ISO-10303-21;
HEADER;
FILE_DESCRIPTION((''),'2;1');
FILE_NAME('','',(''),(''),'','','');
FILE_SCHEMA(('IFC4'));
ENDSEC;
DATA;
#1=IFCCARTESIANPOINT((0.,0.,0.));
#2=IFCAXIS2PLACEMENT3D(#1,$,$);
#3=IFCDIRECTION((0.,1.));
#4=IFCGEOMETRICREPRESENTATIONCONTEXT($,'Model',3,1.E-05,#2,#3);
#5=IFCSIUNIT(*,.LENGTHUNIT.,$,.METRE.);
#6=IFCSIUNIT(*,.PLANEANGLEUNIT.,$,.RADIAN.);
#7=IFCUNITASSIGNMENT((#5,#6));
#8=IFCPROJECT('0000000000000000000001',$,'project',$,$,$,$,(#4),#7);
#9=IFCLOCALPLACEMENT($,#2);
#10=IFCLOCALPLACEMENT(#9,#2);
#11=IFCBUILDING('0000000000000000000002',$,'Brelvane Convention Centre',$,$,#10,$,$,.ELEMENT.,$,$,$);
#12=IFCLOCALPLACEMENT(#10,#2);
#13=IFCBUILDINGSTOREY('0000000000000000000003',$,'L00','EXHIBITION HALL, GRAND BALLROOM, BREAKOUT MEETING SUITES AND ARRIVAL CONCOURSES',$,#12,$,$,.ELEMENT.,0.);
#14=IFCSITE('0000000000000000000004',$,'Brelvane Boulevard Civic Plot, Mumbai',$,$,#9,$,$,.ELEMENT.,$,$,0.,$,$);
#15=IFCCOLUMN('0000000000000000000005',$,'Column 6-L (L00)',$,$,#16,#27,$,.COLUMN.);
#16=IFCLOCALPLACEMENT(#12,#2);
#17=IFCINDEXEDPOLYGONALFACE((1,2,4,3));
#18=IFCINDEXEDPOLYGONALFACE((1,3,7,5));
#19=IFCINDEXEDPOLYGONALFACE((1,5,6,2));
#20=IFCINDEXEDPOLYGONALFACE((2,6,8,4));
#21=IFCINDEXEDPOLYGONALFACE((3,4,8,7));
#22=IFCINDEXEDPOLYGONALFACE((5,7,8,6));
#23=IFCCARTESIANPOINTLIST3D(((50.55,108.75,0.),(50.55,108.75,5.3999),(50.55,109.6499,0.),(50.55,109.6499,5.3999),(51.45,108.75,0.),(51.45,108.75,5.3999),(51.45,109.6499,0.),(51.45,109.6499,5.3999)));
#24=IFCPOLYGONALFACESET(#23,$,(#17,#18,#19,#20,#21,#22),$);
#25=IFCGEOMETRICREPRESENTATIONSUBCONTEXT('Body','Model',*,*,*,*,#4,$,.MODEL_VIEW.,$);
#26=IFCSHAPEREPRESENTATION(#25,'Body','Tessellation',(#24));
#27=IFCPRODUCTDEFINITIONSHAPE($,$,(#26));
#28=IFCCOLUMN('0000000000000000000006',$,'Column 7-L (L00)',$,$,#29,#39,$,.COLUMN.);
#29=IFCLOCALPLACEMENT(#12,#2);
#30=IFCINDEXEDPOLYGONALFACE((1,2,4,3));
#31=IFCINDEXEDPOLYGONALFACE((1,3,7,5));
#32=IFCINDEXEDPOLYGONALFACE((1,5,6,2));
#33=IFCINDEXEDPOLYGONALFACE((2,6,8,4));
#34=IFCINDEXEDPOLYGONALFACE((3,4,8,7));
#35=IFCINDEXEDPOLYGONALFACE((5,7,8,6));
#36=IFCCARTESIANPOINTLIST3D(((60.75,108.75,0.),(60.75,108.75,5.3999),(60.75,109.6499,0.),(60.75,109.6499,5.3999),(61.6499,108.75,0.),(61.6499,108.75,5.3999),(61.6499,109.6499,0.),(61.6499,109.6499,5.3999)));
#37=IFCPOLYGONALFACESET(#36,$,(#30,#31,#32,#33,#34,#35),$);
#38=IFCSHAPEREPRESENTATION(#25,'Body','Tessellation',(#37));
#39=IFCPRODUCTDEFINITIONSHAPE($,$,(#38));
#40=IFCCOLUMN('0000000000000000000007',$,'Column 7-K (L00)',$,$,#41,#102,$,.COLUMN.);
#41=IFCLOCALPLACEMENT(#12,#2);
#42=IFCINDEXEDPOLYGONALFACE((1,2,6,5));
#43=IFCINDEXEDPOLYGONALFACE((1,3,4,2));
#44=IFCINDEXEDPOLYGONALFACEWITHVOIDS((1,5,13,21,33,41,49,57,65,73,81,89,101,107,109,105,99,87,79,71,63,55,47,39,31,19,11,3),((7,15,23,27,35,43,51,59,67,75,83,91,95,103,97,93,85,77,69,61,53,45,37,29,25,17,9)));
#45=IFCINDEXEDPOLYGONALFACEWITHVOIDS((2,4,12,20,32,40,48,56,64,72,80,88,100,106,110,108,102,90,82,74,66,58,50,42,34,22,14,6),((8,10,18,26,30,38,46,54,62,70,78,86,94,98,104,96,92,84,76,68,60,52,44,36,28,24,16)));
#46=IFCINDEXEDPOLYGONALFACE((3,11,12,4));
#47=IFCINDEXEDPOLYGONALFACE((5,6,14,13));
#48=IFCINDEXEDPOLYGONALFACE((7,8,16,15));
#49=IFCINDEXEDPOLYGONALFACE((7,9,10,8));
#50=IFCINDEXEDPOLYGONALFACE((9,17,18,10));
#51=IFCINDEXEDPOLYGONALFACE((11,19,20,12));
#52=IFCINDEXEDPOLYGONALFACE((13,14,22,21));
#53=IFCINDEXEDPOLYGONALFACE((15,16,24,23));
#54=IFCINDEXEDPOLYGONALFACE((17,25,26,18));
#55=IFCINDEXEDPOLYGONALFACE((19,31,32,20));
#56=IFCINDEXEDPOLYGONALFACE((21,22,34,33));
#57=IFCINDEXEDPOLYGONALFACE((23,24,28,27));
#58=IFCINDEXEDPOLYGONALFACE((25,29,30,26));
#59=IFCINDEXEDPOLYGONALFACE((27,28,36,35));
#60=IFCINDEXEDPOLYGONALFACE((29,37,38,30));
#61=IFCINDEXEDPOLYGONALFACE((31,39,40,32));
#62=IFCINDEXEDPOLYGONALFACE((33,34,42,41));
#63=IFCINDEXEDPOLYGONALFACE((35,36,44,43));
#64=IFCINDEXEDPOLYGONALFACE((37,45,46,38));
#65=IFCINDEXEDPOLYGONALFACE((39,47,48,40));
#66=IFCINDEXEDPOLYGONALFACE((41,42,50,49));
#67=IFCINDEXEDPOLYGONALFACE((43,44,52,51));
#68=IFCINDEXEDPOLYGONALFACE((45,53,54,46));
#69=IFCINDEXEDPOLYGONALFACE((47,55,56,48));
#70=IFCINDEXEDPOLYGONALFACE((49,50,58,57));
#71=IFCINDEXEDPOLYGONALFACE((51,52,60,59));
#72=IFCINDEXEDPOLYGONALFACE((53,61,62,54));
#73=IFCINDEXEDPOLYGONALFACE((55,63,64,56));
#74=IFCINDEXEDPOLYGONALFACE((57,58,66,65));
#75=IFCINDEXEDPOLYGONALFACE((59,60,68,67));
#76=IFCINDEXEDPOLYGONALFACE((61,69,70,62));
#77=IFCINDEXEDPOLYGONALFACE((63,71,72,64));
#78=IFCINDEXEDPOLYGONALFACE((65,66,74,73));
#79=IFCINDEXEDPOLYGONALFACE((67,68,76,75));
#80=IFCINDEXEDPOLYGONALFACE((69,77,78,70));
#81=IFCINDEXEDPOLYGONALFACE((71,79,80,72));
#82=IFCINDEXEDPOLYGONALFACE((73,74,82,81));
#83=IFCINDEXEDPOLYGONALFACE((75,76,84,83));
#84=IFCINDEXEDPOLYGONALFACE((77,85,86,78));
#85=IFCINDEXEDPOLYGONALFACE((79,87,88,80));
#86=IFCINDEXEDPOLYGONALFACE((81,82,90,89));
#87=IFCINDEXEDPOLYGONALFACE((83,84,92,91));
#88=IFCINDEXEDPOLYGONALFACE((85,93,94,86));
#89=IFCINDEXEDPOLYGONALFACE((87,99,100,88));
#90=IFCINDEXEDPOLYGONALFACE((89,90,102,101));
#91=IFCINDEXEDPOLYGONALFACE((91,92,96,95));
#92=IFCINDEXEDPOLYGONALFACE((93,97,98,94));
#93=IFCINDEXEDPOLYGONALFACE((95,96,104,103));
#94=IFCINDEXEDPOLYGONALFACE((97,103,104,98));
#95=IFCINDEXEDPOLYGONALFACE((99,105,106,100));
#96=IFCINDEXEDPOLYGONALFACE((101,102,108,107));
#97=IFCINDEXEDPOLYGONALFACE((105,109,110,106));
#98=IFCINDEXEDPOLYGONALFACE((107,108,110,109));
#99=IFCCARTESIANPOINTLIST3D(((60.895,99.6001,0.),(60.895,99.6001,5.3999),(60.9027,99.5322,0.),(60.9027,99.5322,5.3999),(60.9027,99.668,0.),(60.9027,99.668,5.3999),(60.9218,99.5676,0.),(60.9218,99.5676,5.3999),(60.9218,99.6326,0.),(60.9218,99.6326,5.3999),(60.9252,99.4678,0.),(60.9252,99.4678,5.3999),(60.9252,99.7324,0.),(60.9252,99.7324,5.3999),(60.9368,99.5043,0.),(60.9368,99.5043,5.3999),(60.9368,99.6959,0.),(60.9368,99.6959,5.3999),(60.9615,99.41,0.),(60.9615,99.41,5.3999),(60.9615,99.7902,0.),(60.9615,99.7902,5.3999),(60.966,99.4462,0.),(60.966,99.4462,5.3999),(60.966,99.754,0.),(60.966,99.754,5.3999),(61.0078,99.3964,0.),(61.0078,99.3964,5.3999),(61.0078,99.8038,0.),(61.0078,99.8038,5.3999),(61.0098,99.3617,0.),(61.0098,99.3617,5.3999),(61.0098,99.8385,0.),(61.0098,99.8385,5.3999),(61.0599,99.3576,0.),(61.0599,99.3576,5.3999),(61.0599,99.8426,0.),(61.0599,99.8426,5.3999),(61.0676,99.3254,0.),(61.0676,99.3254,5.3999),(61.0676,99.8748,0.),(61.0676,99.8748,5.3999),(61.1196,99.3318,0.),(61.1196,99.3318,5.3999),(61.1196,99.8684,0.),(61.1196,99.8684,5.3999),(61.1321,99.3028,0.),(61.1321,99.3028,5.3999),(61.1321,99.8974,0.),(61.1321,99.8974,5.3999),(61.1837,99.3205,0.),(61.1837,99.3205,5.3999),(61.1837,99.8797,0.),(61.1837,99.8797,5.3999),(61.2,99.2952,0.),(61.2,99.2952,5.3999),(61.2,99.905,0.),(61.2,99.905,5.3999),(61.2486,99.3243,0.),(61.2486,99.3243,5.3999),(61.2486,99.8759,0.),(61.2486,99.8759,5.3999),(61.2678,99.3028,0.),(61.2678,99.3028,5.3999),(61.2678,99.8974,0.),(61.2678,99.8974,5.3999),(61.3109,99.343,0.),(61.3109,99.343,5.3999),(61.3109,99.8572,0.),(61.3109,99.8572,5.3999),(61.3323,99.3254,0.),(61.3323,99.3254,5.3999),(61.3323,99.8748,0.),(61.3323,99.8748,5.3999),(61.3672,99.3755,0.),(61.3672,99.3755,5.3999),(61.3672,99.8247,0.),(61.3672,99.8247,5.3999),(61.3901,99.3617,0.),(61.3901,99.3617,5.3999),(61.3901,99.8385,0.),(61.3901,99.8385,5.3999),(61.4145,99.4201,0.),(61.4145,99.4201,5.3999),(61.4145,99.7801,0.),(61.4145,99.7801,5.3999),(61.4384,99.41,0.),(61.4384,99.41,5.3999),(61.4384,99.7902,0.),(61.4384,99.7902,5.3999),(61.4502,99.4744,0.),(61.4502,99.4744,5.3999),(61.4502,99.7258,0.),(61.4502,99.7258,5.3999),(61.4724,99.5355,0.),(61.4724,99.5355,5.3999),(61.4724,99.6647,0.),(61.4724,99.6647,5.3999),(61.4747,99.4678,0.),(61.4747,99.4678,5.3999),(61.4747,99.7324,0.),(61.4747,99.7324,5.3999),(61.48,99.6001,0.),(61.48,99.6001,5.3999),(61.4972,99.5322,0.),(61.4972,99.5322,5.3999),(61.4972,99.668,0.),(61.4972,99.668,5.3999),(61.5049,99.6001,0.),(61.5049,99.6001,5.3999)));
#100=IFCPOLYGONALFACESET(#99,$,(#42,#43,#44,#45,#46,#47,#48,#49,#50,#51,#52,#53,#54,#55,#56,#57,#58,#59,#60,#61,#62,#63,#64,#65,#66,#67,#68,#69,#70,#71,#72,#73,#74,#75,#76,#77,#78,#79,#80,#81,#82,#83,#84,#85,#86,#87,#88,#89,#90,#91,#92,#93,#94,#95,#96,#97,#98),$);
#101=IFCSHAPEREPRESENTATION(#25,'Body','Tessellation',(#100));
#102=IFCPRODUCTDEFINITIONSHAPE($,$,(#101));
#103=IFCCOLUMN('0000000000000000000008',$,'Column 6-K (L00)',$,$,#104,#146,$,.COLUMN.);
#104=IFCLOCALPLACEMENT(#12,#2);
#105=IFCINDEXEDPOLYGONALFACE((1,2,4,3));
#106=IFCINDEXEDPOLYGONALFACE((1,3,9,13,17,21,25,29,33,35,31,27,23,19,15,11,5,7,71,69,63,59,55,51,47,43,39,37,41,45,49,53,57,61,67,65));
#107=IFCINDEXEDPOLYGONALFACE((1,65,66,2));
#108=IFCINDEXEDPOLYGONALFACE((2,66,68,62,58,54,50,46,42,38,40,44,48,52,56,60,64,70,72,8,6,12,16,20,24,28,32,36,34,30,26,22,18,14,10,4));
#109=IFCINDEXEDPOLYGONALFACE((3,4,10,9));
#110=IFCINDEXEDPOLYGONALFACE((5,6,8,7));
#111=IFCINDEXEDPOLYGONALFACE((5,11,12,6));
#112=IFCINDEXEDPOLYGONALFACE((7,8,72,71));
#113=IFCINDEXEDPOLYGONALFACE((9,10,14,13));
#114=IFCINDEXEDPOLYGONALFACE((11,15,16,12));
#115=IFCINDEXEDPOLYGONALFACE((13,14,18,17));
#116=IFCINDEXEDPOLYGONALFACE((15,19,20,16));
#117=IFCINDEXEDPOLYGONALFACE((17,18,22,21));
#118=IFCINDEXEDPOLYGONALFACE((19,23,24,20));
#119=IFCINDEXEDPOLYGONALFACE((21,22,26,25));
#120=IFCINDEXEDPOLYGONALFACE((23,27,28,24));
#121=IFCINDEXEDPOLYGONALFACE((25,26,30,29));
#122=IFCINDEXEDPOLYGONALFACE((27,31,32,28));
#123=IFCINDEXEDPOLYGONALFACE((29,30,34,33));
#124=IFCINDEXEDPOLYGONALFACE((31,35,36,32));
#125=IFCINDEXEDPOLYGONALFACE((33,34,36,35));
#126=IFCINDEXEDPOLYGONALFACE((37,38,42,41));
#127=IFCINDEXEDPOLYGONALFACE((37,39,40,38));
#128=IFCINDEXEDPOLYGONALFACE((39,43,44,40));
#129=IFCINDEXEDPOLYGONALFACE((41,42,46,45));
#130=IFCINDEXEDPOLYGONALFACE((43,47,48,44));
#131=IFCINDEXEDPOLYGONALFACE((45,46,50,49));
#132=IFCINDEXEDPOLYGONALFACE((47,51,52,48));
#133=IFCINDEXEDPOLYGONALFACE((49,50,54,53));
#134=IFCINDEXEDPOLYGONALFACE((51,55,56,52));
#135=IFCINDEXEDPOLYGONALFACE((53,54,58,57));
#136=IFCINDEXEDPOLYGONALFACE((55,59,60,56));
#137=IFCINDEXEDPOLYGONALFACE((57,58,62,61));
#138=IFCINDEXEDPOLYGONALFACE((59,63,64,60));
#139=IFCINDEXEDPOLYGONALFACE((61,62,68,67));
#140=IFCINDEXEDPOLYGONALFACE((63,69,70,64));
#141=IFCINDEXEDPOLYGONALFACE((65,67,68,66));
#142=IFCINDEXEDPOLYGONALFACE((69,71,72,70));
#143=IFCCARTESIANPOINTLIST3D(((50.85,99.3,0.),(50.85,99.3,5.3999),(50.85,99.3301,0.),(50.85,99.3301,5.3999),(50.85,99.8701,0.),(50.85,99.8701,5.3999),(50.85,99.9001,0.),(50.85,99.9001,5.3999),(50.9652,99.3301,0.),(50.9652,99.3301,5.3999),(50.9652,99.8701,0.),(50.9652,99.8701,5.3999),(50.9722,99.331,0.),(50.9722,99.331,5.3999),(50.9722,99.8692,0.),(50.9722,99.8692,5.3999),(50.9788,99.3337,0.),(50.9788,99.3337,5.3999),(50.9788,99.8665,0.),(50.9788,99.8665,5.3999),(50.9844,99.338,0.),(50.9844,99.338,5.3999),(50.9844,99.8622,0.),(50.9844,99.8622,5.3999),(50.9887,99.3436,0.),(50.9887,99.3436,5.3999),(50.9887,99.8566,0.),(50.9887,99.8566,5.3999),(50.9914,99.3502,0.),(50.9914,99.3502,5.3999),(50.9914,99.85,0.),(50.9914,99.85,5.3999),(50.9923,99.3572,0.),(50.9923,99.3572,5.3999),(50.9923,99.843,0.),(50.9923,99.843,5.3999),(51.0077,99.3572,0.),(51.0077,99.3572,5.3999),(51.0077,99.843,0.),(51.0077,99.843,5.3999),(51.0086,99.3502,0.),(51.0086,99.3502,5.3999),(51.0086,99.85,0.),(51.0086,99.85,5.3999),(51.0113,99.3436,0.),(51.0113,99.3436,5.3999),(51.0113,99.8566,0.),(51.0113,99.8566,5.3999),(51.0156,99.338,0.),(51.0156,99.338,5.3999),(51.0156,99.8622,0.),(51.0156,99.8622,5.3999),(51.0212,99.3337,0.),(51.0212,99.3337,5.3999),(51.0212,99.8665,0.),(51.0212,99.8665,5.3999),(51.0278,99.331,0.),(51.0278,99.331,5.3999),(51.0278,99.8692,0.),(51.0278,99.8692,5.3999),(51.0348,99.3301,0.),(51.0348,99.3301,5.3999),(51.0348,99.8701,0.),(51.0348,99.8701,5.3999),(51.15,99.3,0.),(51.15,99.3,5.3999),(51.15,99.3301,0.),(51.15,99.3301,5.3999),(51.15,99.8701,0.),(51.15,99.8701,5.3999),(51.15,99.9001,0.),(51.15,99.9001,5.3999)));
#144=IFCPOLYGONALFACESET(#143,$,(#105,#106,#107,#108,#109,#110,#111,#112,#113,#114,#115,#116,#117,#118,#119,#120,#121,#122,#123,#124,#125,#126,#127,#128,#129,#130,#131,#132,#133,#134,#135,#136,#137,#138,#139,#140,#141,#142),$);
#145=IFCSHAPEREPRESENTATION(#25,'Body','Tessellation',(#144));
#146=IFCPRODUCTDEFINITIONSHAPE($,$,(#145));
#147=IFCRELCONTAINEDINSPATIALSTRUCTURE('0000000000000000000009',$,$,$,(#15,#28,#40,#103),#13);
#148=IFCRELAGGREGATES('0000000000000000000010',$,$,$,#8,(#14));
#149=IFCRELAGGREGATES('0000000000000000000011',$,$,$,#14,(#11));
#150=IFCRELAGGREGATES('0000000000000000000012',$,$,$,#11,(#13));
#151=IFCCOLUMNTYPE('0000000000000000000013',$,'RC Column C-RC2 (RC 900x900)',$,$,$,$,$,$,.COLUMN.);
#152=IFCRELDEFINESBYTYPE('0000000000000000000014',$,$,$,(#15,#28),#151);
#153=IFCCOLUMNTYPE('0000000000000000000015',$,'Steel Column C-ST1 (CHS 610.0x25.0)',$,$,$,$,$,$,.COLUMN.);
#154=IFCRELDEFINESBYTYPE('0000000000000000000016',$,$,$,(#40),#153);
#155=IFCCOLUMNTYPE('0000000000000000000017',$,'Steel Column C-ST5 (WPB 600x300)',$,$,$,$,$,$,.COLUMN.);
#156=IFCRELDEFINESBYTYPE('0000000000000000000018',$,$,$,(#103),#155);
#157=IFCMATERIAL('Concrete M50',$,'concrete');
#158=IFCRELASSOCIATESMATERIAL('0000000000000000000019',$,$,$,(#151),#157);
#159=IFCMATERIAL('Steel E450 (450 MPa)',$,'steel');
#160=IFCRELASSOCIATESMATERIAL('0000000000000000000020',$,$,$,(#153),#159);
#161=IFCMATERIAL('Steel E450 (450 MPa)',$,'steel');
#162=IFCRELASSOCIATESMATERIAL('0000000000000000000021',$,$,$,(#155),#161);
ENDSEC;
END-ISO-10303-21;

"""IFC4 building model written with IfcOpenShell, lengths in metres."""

from ifc_helpers import new_model, si_unit, direction, frame, origin, origin_2d, place, context, subcontext, project, spatial, rectangle, hollow_circle, i_section, extrude, material, material_profile, profile_set, type_object, element, save


model = new_model("IFC4")

# Units and contexts
model_context = context("Model", 3, precision=1e-05, world=origin(), true_north=direction((0.0, 1.0)))
body_context = subcontext(model_context, "Body", "Model", "MODEL_VIEW")
ifc_project = project(units=[si_unit("LENGTHUNIT", "METRE"), si_unit("PLANEANGLEUNIT", "RADIAN")], contexts=[model_context])

# Site, building, storey
site_placement = place(None, origin())
site = spatial("IfcSite", under=ifc_project, at=site_placement, Name="Brelvane Boulevard Civic Plot, Mumbai", CompositionType="ELEMENT", RefElevation=0.0)
building_placement = place(site_placement, origin())
building = spatial("IfcBuilding", under=site, at=building_placement, Name="Brelvane Convention Centre", CompositionType="ELEMENT")
storey_placement = place(building_placement, origin())
storey = spatial("IfcBuildingStorey", under=building, at=storey_placement, Name="L00", Description="EXHIBITION HALL, GRAND BALLROOM, BREAKOUT MEETING SUITES AND ARRIVAL CONCOURSES", CompositionType="ELEMENT", Elevation=0.0)

# Columns
ifc_material_1 = material(Name="Concrete M50", Category="concrete")
ifc_material_profile_1 = material_profile(ifc_material_1, rectangle(XDim=0.8999, YDim=0.8999, at=origin_2d()), Name="RC 900x900")
ifc_profile_set_1 = profile_set([ifc_material_profile_1], Name="Concrete M50")
column_type_1 = type_object("IfcColumnType", Name="RC Column C-RC2 (RC 900x900)", PredefinedType="COLUMN", material=ifc_profile_set_1)
for number, where, z_axis, x_axis, name in (
    (1, (51.0, 109.2, 0.0), (0.0, 0.0, 1.0), (1.0, 0.0, 0.0), "Column 6-L (L00)"),
    (2, (61.2, 109.2, 0.0), (0.0, 0.0, 1.0), (1.0, 0.0, 0.0), "Column 7-L (L00)"),
):
    element("IfcColumn", number, at=place(storey_placement, frame(where, z_axis=z_axis, x_axis=x_axis)), inside=storey, type_object=column_type_1, Name=name, PredefinedType="COLUMN", context=body_context, shape_type="SweptSolid", body=[
        extrude(rectangle(XDim=0.8999, YDim=0.8999, at=origin_2d()), origin(), (0.0, 0.0, 1.0), 5.3999),
    ])
ifc_material_2 = material(Name="Steel E450 (450 MPa)", Category="steel")
ifc_material_profile_2 = material_profile(ifc_material_2, hollow_circle(Radius=0.3049, WallThickness=0.0249, at=origin_2d()), Name="CHS 610.0x25.0")
ifc_profile_set_2 = profile_set([ifc_material_profile_2], Name="Steel E450 (450 MPa)")
column_type_2 = type_object("IfcColumnType", Name="Steel Column C-ST1 (CHS 610.0x25.0)", PredefinedType="COLUMN", material=ifc_profile_set_2)
column_1_placement = place(storey_placement, frame((61.2, 99.6001, 0.0), z_axis=(0.0, 0.0, 1.0), x_axis=(1.0, 0.0, 0.0)))
element("IfcColumn", 3, at=column_1_placement, inside=storey, type_object=column_type_2, Name="Column 7-K (L00)", PredefinedType="COLUMN", context=body_context, shape_type="SweptSolid", body=[
    extrude(hollow_circle(Radius=0.3049, WallThickness=0.0249, at=origin_2d()), origin(), (0.0, 0.0, 1.0), 5.3999),
])
ifc_material_3 = material(Name="Steel E450 (450 MPa)", Category="steel")
ifc_material_profile_3 = material_profile(ifc_material_3, i_section(OverallWidth=0.3, OverallDepth=0.6001, WebThickness=0.0154, FlangeThickness=0.03, FilletRadius=0.0271, at=origin_2d()), Name="WPB 600x300")
ifc_profile_set_3 = profile_set([ifc_material_profile_3], Name="Steel E450 (450 MPa)")
column_type_3 = type_object("IfcColumnType", Name="Steel Column C-ST5 (WPB 600x300)", PredefinedType="COLUMN", material=ifc_profile_set_3)
column_2_placement = place(storey_placement, frame((51.0, 99.6001, 0.0), z_axis=(0.0, 0.0, 1.0), x_axis=(1.0, 0.0, 0.0)))
element("IfcColumn", 4, at=column_2_placement, inside=storey, type_object=column_type_3, Name="Column 6-K (L00)", PredefinedType="COLUMN", context=body_context, shape_type="SweptSolid", body=[
    extrude(i_section(OverallWidth=0.3, OverallDepth=0.6001, WebThickness=0.0154, FlangeThickness=0.03, FilletRadius=0.0271, at=origin_2d()), origin(), (0.0, 0.0, 1.0), 5.3999),
])

save(model, "model.ifc")
